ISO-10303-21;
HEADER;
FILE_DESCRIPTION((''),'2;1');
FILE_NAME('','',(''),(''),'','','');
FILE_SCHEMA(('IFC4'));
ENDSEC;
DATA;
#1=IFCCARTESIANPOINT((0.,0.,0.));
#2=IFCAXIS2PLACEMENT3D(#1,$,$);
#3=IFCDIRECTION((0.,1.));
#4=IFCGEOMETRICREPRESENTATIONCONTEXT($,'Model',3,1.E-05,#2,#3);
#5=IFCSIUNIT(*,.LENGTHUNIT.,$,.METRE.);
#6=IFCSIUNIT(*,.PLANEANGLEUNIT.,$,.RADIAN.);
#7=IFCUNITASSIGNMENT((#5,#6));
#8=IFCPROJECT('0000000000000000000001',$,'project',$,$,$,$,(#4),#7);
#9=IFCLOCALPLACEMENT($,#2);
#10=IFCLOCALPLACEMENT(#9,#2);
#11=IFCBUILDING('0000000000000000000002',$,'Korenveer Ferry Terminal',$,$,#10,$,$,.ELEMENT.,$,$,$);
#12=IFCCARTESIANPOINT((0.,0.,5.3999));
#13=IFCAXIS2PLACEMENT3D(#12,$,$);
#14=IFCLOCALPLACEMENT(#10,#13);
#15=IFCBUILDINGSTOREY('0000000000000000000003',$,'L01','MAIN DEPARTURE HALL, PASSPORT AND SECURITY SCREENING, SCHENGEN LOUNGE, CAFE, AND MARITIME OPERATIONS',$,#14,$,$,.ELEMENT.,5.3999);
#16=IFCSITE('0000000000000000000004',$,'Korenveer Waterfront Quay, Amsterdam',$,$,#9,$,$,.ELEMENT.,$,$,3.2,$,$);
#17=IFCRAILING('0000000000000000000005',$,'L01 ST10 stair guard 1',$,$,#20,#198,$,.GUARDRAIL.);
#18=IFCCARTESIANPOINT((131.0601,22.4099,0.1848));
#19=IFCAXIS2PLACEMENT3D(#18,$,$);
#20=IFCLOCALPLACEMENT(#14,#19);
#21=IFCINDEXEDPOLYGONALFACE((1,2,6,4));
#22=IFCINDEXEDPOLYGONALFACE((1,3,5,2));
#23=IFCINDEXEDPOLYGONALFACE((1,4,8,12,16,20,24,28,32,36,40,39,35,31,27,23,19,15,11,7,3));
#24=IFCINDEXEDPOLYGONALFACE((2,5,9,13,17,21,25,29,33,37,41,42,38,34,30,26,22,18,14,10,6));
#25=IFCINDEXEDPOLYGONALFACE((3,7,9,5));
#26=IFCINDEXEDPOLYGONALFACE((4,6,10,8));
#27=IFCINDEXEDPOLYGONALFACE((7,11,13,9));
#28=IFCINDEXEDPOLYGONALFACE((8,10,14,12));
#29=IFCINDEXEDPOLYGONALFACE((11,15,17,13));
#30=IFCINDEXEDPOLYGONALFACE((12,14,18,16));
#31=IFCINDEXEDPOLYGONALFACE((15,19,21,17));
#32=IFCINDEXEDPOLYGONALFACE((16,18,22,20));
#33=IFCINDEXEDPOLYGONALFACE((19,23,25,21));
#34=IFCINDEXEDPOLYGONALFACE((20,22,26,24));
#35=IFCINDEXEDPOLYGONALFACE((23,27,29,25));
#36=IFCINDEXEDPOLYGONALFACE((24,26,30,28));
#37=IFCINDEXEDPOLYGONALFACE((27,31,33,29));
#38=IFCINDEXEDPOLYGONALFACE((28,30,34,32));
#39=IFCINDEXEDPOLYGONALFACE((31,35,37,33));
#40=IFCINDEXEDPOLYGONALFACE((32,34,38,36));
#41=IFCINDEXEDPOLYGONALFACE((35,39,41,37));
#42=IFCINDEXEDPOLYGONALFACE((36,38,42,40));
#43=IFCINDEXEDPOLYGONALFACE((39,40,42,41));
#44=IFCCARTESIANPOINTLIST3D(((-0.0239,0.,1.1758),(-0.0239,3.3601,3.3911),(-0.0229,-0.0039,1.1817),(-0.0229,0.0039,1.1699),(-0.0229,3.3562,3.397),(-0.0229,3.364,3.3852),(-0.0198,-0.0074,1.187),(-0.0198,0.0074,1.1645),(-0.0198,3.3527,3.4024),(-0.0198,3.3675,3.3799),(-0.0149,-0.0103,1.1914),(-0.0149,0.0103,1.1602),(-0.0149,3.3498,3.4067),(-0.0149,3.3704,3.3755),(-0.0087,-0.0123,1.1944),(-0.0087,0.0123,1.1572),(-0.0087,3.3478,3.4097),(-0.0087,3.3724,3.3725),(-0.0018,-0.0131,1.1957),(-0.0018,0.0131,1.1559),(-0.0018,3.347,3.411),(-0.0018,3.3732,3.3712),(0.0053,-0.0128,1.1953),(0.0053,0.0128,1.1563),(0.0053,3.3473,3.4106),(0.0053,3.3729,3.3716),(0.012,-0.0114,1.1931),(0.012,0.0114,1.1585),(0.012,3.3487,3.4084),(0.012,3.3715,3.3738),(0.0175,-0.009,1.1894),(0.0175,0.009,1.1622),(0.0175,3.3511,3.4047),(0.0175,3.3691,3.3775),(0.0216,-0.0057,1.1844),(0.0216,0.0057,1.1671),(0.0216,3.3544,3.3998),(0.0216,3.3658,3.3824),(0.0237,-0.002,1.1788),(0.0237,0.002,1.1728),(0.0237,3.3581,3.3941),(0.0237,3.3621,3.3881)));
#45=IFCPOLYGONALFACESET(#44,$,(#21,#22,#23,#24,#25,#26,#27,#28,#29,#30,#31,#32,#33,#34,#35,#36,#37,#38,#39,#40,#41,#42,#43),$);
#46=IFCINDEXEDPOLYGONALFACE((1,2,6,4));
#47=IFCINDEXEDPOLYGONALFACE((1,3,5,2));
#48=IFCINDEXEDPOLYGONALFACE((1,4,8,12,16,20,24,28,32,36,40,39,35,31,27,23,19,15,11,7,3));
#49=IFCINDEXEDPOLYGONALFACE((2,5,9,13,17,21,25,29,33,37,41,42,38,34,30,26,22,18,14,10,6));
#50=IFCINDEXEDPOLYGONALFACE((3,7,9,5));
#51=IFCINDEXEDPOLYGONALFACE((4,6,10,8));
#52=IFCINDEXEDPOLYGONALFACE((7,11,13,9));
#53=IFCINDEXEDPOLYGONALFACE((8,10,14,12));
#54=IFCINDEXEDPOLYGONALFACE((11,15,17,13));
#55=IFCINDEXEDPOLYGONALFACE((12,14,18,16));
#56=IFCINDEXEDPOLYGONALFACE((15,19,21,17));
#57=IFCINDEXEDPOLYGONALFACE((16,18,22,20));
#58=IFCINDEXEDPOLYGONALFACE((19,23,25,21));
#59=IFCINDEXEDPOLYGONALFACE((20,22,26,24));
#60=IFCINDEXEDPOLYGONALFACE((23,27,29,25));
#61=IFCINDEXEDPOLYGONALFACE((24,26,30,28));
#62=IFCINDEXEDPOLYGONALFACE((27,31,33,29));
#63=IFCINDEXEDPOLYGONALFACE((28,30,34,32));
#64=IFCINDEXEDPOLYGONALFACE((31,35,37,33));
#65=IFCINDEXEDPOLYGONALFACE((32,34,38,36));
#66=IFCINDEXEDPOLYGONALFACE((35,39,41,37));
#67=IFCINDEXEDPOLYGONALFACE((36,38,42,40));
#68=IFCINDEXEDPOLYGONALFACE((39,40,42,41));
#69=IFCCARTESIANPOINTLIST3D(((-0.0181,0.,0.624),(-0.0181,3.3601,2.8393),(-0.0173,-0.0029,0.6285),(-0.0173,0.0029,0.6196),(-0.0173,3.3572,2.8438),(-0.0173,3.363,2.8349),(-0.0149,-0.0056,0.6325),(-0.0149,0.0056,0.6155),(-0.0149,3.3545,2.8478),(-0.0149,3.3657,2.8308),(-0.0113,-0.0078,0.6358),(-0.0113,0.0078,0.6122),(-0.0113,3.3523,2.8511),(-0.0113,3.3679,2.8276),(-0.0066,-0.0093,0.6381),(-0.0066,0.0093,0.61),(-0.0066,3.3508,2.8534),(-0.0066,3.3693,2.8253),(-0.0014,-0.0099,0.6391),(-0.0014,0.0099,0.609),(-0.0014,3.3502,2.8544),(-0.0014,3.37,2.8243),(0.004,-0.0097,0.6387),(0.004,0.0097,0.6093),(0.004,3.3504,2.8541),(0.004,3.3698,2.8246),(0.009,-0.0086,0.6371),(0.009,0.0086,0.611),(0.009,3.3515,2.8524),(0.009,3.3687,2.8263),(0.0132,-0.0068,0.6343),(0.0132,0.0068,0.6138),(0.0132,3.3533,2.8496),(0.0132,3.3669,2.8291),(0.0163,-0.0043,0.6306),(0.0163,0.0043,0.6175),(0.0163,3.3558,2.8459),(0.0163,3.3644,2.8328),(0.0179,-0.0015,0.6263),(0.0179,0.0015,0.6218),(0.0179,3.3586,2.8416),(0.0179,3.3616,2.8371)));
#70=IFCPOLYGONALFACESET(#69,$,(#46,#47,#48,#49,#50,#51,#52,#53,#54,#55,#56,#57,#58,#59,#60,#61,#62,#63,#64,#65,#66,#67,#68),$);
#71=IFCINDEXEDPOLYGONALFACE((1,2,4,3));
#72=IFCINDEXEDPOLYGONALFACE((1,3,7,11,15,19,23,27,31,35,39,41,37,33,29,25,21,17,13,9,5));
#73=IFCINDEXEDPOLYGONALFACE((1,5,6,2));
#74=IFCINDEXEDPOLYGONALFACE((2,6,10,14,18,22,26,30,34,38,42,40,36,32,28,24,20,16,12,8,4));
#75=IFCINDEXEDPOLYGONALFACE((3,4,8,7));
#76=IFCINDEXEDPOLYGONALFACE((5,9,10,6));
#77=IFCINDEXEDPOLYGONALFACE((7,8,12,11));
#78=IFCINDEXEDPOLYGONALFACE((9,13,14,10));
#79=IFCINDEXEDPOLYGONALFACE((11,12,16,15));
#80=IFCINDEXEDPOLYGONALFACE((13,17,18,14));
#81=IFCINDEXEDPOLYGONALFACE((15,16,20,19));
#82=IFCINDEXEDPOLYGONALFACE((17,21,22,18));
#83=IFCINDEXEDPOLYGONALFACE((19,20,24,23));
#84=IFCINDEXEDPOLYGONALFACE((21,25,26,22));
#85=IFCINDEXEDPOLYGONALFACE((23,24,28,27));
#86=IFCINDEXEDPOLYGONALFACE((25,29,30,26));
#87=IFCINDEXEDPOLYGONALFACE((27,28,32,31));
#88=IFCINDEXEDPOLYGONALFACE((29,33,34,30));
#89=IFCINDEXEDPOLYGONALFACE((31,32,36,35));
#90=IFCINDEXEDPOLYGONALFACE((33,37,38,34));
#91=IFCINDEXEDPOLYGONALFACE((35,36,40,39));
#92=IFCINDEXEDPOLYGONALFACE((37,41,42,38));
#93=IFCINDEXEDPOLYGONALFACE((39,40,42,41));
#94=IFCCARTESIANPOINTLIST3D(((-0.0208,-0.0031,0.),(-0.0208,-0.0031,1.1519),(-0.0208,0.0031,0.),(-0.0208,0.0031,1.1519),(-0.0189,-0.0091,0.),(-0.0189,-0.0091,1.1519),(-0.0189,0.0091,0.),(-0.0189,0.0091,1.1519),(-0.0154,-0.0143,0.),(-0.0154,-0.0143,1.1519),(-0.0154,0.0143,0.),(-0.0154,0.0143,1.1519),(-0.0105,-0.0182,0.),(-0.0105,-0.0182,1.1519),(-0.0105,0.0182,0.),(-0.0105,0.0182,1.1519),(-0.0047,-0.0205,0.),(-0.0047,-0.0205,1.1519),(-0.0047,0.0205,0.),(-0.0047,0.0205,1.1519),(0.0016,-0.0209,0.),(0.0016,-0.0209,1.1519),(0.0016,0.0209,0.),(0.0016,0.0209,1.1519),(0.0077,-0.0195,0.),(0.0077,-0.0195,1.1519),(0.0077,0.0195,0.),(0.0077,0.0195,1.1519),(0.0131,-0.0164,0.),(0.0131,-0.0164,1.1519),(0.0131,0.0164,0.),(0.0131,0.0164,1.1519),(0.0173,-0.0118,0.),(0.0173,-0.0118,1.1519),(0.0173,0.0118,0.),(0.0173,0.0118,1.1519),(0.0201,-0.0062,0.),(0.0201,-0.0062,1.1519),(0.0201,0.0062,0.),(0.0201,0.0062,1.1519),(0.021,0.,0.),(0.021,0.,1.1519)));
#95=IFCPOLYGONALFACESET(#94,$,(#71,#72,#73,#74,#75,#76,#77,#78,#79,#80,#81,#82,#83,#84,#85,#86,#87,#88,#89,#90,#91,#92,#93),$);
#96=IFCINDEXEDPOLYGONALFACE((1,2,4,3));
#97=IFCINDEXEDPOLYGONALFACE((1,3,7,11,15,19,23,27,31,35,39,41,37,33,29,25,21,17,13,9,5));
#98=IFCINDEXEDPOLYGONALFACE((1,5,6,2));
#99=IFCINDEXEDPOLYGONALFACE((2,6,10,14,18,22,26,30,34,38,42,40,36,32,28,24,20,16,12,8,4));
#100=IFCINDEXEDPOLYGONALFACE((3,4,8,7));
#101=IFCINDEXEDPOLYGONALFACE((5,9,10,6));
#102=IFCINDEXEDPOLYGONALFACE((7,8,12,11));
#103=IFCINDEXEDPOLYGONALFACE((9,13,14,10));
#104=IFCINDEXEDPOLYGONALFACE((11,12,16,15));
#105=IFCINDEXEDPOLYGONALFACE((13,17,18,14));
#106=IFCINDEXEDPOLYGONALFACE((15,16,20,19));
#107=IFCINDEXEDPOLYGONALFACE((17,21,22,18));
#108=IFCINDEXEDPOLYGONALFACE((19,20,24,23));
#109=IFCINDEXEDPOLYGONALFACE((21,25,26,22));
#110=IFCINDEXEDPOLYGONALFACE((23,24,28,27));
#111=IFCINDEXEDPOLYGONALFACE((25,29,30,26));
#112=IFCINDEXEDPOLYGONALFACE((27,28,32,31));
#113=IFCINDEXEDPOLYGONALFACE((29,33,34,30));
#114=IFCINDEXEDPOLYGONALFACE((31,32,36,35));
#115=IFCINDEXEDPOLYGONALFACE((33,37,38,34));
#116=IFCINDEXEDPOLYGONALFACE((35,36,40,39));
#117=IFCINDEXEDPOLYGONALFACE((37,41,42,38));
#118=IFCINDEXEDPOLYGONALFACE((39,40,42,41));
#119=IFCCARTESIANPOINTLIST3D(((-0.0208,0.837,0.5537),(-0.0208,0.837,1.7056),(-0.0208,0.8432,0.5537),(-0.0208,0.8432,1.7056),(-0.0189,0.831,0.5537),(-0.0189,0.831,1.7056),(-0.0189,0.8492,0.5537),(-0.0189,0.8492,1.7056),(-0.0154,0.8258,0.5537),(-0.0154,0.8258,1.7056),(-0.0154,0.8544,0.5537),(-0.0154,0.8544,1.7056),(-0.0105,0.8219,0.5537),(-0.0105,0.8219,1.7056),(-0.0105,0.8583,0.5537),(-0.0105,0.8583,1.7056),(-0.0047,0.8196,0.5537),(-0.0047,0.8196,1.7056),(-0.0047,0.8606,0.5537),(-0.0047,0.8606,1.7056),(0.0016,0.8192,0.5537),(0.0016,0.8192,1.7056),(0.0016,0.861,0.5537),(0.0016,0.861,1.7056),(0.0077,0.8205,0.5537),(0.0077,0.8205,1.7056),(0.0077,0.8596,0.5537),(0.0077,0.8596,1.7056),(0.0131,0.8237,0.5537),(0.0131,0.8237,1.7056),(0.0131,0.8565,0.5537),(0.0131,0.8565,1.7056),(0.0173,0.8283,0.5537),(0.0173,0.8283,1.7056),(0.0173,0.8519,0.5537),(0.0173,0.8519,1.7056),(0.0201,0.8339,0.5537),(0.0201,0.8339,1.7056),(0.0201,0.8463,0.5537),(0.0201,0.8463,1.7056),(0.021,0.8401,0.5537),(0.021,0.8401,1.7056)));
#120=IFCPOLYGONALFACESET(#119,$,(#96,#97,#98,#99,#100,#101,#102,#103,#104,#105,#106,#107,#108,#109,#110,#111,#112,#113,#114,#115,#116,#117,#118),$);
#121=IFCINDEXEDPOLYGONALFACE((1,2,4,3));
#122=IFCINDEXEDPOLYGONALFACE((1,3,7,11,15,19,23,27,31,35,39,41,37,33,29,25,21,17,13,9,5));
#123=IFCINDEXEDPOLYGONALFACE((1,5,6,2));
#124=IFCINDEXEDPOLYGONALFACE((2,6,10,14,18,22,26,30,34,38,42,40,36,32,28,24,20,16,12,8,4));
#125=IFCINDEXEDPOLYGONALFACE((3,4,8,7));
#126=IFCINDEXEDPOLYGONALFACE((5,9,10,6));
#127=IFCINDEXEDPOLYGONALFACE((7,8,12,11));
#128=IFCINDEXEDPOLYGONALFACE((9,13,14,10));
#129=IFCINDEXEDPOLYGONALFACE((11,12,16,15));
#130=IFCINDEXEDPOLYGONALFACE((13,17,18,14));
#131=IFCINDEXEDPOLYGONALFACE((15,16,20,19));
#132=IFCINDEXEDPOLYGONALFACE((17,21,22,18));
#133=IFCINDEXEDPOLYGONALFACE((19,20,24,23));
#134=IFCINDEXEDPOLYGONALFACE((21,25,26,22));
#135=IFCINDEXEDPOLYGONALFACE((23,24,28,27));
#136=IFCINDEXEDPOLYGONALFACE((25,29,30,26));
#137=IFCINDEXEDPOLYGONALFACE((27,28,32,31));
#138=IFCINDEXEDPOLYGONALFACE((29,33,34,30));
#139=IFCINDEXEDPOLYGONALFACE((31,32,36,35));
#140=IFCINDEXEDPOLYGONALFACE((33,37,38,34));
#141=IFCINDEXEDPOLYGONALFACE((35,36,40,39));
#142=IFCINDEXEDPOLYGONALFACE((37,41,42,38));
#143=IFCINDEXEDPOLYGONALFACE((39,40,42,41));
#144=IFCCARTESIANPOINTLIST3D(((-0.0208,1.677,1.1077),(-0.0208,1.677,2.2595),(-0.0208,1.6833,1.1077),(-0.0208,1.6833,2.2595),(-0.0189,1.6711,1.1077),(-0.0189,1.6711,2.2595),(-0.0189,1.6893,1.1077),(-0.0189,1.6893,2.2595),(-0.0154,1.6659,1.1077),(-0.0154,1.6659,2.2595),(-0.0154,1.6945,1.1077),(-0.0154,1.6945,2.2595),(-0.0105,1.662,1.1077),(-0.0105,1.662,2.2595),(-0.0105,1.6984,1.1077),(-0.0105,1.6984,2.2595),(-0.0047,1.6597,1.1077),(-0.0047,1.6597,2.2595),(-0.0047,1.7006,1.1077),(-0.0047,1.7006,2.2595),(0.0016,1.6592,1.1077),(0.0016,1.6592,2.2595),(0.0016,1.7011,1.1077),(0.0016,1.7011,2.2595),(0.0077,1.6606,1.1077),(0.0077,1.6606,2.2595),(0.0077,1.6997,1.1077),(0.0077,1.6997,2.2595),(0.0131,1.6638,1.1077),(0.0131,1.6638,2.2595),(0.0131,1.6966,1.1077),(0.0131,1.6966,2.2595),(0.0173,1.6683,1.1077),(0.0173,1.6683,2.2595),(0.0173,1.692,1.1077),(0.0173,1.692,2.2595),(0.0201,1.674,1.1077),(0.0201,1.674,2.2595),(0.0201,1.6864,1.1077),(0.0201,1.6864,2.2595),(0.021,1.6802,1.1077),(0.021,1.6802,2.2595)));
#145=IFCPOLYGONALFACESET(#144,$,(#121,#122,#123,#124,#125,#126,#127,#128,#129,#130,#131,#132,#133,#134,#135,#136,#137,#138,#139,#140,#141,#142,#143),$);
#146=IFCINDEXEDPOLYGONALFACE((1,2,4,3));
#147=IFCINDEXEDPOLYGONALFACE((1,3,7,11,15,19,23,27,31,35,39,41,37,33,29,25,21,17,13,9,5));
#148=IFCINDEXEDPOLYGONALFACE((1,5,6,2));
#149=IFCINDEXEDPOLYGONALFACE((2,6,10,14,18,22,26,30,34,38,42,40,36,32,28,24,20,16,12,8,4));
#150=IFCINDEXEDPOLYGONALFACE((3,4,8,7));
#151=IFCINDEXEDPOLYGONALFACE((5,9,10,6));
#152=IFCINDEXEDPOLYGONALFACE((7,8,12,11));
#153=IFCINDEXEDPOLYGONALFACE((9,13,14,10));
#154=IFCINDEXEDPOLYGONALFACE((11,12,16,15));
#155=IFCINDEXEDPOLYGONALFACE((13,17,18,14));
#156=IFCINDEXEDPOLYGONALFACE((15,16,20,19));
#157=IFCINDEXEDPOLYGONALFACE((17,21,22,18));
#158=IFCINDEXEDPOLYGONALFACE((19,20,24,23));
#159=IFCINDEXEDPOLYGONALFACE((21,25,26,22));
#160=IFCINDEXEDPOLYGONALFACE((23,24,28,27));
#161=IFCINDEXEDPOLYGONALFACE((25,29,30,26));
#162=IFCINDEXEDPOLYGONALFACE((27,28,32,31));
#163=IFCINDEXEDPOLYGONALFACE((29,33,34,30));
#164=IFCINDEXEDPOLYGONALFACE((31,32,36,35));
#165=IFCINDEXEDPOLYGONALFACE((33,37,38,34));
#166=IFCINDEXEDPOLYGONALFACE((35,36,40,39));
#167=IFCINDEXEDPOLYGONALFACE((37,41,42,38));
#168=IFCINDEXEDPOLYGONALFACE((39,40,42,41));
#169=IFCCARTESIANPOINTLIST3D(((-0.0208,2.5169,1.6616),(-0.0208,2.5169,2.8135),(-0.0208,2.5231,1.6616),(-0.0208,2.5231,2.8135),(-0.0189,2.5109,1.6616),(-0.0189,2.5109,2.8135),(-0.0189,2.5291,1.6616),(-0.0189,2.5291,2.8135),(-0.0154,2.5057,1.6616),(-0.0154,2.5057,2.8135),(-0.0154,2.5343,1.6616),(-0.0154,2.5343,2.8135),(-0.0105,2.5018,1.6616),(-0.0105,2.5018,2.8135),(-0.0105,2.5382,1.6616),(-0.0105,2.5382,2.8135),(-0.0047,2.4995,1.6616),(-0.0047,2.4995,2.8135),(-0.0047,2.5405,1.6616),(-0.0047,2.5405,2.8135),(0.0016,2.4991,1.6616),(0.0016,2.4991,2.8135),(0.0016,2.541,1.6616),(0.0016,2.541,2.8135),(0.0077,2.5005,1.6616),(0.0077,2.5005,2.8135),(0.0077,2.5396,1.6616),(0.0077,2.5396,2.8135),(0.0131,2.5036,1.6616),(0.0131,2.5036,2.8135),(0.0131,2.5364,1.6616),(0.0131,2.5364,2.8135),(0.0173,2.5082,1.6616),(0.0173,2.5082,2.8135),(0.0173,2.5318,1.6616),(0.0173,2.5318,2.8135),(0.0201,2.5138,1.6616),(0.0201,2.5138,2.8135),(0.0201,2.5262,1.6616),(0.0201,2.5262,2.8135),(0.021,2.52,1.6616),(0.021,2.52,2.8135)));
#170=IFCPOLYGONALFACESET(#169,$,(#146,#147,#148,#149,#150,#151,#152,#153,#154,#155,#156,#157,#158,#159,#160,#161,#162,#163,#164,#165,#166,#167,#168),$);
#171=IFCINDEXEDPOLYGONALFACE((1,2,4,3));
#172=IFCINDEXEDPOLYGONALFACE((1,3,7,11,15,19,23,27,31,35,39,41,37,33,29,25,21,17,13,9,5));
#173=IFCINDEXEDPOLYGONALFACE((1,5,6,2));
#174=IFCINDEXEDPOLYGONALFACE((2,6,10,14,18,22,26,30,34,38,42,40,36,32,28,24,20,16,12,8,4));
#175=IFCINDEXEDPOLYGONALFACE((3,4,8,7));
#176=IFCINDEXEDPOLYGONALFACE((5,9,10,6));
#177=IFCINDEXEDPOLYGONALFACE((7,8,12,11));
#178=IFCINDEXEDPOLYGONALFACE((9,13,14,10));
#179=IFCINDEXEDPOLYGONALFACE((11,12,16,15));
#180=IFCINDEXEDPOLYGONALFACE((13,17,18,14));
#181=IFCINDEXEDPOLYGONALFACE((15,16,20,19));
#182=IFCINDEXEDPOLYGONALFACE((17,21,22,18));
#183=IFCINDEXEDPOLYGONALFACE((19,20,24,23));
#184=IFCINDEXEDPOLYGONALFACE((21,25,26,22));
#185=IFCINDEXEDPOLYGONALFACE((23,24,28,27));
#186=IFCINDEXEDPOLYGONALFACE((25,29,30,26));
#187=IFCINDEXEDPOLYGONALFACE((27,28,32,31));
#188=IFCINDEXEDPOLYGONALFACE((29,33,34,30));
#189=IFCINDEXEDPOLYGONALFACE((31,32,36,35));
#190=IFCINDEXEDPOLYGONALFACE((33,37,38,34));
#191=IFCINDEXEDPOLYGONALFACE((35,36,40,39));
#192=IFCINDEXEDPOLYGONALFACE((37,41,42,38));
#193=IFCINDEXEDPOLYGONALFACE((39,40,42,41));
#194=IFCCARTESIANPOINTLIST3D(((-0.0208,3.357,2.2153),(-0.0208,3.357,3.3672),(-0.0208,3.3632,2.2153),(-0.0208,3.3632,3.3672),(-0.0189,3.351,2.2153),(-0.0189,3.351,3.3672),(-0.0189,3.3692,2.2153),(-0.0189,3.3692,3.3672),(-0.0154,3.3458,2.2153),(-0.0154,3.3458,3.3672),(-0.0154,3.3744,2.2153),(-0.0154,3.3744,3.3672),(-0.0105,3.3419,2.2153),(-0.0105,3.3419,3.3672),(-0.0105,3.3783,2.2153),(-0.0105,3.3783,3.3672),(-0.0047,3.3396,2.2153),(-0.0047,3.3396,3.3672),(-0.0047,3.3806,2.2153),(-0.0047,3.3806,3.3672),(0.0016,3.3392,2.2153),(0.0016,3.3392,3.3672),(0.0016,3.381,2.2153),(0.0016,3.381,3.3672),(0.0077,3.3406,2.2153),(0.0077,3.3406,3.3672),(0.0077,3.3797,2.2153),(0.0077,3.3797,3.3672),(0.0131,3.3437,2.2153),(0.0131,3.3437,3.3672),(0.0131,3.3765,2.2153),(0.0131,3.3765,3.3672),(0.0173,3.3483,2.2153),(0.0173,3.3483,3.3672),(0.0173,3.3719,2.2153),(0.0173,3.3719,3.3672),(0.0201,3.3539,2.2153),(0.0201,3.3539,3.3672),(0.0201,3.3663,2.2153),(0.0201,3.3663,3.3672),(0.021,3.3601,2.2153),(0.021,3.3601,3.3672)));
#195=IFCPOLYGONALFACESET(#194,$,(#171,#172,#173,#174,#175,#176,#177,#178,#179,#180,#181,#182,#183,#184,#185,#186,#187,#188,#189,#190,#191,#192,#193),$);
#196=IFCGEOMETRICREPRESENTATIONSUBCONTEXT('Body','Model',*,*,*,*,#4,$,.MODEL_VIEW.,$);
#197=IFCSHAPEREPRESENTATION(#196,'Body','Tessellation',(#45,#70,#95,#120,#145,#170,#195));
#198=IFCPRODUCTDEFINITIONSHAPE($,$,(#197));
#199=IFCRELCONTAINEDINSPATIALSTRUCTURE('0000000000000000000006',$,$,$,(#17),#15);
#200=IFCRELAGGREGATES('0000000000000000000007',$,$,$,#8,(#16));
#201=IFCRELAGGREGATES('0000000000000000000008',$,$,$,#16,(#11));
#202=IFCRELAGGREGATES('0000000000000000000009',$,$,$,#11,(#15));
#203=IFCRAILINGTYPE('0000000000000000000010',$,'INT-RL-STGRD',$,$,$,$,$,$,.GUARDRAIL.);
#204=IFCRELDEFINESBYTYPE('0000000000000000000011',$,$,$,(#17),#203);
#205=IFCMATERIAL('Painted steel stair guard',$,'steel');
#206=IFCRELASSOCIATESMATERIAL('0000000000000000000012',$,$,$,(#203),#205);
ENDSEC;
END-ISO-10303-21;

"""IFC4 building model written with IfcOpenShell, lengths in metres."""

from ifc_helpers import new_model, si_unit, direction, frame, origin, origin_2d, place, context, subcontext, project, spatial, circle, extrude, material, type_object, element, save


model = new_model("IFC4")

# Units and contexts
model_context = context("Model", 3, precision=1e-05, world=origin(), true_north=direction((0.0, 1.0)))
body_context = subcontext(model_context, "Body", "Model", "MODEL_VIEW")
ifc_project = project(units=[si_unit("LENGTHUNIT", "METRE"), si_unit("PLANEANGLEUNIT", "RADIAN")], contexts=[model_context])

# Site, building, storey
site_placement = place(None, origin())
site = spatial("IfcSite", under=ifc_project, at=site_placement, Name="Korenveer Waterfront Quay, Amsterdam", CompositionType="ELEMENT", RefElevation=3.2)
building_placement = place(site_placement, origin())
building = spatial("IfcBuilding", under=site, at=building_placement, Name="Korenveer Ferry Terminal", CompositionType="ELEMENT")
storey_placement = place(building_placement, frame((0.0, 0.0, 5.3999)))
storey = spatial("IfcBuildingStorey", under=building, at=storey_placement, Name="L01", Description="MAIN DEPARTURE HALL, PASSPORT AND SECURITY SCREENING, SCHENGEN LOUNGE, CAFE, AND MARITIME OPERATIONS", CompositionType="ELEMENT", Elevation=5.3999)

# Railing
ifc_material_1 = material(Name="Painted steel stair guard", Category="steel")
railing_type_1 = type_object("IfcRailingType", Name="INT-RL-STGRD", PredefinedType="GUARDRAIL", material=ifc_material_1)
railing_1_placement = place(storey_placement, frame((131.0601, 22.4099, 0.1848)))
element("IfcRailing", 1, at=railing_1_placement, inside=storey, type_object=railing_type_1, Name="L01 ST10 stair guard 1", PredefinedType="GUARDRAIL", context=body_context, shape_type="SweptSolid", body=[
    extrude(circle(Radius=0.0239, at=origin_2d()), frame((0.0, 0.0, 1.1758), z_axis=(0.0, 0.834876, 0.550437), x_axis=(-1.0, 0.0, 0.0)), (0.0, 0.0, 1.0), 4.0247),
    extrude(circle(Radius=0.0181, at=origin_2d()), frame((0.0, 0.0, 0.624), z_axis=(0.0, 0.834876, 0.550437), x_axis=(-1.0, 0.0, 0.0)), (0.0, 0.0, 1.0), 4.0247),
    extrude(circle(Radius=0.021, at=origin_2d()), origin(), (0.0, 0.0, 1.0), 1.1519),
    extrude(circle(Radius=0.021, at=origin_2d()), frame((0.0, 0.8401, 0.5537)), (0.0, 0.0, 1.0), 1.1519),
    extrude(circle(Radius=0.021, at=origin_2d()), frame((0.0, 1.6802, 1.1077)), (0.0, 0.0, 1.0), 1.1519),
    extrude(circle(Radius=0.021, at=origin_2d()), frame((0.0, 2.52, 1.6616)), (0.0, 0.0, 1.0), 1.1519),
    extrude(circle(Radius=0.021, at=origin_2d()), frame((0.0, 3.3601, 2.2153)), (0.0, 0.0, 1.0), 1.1519),
])

save(model, "model.ifc")
